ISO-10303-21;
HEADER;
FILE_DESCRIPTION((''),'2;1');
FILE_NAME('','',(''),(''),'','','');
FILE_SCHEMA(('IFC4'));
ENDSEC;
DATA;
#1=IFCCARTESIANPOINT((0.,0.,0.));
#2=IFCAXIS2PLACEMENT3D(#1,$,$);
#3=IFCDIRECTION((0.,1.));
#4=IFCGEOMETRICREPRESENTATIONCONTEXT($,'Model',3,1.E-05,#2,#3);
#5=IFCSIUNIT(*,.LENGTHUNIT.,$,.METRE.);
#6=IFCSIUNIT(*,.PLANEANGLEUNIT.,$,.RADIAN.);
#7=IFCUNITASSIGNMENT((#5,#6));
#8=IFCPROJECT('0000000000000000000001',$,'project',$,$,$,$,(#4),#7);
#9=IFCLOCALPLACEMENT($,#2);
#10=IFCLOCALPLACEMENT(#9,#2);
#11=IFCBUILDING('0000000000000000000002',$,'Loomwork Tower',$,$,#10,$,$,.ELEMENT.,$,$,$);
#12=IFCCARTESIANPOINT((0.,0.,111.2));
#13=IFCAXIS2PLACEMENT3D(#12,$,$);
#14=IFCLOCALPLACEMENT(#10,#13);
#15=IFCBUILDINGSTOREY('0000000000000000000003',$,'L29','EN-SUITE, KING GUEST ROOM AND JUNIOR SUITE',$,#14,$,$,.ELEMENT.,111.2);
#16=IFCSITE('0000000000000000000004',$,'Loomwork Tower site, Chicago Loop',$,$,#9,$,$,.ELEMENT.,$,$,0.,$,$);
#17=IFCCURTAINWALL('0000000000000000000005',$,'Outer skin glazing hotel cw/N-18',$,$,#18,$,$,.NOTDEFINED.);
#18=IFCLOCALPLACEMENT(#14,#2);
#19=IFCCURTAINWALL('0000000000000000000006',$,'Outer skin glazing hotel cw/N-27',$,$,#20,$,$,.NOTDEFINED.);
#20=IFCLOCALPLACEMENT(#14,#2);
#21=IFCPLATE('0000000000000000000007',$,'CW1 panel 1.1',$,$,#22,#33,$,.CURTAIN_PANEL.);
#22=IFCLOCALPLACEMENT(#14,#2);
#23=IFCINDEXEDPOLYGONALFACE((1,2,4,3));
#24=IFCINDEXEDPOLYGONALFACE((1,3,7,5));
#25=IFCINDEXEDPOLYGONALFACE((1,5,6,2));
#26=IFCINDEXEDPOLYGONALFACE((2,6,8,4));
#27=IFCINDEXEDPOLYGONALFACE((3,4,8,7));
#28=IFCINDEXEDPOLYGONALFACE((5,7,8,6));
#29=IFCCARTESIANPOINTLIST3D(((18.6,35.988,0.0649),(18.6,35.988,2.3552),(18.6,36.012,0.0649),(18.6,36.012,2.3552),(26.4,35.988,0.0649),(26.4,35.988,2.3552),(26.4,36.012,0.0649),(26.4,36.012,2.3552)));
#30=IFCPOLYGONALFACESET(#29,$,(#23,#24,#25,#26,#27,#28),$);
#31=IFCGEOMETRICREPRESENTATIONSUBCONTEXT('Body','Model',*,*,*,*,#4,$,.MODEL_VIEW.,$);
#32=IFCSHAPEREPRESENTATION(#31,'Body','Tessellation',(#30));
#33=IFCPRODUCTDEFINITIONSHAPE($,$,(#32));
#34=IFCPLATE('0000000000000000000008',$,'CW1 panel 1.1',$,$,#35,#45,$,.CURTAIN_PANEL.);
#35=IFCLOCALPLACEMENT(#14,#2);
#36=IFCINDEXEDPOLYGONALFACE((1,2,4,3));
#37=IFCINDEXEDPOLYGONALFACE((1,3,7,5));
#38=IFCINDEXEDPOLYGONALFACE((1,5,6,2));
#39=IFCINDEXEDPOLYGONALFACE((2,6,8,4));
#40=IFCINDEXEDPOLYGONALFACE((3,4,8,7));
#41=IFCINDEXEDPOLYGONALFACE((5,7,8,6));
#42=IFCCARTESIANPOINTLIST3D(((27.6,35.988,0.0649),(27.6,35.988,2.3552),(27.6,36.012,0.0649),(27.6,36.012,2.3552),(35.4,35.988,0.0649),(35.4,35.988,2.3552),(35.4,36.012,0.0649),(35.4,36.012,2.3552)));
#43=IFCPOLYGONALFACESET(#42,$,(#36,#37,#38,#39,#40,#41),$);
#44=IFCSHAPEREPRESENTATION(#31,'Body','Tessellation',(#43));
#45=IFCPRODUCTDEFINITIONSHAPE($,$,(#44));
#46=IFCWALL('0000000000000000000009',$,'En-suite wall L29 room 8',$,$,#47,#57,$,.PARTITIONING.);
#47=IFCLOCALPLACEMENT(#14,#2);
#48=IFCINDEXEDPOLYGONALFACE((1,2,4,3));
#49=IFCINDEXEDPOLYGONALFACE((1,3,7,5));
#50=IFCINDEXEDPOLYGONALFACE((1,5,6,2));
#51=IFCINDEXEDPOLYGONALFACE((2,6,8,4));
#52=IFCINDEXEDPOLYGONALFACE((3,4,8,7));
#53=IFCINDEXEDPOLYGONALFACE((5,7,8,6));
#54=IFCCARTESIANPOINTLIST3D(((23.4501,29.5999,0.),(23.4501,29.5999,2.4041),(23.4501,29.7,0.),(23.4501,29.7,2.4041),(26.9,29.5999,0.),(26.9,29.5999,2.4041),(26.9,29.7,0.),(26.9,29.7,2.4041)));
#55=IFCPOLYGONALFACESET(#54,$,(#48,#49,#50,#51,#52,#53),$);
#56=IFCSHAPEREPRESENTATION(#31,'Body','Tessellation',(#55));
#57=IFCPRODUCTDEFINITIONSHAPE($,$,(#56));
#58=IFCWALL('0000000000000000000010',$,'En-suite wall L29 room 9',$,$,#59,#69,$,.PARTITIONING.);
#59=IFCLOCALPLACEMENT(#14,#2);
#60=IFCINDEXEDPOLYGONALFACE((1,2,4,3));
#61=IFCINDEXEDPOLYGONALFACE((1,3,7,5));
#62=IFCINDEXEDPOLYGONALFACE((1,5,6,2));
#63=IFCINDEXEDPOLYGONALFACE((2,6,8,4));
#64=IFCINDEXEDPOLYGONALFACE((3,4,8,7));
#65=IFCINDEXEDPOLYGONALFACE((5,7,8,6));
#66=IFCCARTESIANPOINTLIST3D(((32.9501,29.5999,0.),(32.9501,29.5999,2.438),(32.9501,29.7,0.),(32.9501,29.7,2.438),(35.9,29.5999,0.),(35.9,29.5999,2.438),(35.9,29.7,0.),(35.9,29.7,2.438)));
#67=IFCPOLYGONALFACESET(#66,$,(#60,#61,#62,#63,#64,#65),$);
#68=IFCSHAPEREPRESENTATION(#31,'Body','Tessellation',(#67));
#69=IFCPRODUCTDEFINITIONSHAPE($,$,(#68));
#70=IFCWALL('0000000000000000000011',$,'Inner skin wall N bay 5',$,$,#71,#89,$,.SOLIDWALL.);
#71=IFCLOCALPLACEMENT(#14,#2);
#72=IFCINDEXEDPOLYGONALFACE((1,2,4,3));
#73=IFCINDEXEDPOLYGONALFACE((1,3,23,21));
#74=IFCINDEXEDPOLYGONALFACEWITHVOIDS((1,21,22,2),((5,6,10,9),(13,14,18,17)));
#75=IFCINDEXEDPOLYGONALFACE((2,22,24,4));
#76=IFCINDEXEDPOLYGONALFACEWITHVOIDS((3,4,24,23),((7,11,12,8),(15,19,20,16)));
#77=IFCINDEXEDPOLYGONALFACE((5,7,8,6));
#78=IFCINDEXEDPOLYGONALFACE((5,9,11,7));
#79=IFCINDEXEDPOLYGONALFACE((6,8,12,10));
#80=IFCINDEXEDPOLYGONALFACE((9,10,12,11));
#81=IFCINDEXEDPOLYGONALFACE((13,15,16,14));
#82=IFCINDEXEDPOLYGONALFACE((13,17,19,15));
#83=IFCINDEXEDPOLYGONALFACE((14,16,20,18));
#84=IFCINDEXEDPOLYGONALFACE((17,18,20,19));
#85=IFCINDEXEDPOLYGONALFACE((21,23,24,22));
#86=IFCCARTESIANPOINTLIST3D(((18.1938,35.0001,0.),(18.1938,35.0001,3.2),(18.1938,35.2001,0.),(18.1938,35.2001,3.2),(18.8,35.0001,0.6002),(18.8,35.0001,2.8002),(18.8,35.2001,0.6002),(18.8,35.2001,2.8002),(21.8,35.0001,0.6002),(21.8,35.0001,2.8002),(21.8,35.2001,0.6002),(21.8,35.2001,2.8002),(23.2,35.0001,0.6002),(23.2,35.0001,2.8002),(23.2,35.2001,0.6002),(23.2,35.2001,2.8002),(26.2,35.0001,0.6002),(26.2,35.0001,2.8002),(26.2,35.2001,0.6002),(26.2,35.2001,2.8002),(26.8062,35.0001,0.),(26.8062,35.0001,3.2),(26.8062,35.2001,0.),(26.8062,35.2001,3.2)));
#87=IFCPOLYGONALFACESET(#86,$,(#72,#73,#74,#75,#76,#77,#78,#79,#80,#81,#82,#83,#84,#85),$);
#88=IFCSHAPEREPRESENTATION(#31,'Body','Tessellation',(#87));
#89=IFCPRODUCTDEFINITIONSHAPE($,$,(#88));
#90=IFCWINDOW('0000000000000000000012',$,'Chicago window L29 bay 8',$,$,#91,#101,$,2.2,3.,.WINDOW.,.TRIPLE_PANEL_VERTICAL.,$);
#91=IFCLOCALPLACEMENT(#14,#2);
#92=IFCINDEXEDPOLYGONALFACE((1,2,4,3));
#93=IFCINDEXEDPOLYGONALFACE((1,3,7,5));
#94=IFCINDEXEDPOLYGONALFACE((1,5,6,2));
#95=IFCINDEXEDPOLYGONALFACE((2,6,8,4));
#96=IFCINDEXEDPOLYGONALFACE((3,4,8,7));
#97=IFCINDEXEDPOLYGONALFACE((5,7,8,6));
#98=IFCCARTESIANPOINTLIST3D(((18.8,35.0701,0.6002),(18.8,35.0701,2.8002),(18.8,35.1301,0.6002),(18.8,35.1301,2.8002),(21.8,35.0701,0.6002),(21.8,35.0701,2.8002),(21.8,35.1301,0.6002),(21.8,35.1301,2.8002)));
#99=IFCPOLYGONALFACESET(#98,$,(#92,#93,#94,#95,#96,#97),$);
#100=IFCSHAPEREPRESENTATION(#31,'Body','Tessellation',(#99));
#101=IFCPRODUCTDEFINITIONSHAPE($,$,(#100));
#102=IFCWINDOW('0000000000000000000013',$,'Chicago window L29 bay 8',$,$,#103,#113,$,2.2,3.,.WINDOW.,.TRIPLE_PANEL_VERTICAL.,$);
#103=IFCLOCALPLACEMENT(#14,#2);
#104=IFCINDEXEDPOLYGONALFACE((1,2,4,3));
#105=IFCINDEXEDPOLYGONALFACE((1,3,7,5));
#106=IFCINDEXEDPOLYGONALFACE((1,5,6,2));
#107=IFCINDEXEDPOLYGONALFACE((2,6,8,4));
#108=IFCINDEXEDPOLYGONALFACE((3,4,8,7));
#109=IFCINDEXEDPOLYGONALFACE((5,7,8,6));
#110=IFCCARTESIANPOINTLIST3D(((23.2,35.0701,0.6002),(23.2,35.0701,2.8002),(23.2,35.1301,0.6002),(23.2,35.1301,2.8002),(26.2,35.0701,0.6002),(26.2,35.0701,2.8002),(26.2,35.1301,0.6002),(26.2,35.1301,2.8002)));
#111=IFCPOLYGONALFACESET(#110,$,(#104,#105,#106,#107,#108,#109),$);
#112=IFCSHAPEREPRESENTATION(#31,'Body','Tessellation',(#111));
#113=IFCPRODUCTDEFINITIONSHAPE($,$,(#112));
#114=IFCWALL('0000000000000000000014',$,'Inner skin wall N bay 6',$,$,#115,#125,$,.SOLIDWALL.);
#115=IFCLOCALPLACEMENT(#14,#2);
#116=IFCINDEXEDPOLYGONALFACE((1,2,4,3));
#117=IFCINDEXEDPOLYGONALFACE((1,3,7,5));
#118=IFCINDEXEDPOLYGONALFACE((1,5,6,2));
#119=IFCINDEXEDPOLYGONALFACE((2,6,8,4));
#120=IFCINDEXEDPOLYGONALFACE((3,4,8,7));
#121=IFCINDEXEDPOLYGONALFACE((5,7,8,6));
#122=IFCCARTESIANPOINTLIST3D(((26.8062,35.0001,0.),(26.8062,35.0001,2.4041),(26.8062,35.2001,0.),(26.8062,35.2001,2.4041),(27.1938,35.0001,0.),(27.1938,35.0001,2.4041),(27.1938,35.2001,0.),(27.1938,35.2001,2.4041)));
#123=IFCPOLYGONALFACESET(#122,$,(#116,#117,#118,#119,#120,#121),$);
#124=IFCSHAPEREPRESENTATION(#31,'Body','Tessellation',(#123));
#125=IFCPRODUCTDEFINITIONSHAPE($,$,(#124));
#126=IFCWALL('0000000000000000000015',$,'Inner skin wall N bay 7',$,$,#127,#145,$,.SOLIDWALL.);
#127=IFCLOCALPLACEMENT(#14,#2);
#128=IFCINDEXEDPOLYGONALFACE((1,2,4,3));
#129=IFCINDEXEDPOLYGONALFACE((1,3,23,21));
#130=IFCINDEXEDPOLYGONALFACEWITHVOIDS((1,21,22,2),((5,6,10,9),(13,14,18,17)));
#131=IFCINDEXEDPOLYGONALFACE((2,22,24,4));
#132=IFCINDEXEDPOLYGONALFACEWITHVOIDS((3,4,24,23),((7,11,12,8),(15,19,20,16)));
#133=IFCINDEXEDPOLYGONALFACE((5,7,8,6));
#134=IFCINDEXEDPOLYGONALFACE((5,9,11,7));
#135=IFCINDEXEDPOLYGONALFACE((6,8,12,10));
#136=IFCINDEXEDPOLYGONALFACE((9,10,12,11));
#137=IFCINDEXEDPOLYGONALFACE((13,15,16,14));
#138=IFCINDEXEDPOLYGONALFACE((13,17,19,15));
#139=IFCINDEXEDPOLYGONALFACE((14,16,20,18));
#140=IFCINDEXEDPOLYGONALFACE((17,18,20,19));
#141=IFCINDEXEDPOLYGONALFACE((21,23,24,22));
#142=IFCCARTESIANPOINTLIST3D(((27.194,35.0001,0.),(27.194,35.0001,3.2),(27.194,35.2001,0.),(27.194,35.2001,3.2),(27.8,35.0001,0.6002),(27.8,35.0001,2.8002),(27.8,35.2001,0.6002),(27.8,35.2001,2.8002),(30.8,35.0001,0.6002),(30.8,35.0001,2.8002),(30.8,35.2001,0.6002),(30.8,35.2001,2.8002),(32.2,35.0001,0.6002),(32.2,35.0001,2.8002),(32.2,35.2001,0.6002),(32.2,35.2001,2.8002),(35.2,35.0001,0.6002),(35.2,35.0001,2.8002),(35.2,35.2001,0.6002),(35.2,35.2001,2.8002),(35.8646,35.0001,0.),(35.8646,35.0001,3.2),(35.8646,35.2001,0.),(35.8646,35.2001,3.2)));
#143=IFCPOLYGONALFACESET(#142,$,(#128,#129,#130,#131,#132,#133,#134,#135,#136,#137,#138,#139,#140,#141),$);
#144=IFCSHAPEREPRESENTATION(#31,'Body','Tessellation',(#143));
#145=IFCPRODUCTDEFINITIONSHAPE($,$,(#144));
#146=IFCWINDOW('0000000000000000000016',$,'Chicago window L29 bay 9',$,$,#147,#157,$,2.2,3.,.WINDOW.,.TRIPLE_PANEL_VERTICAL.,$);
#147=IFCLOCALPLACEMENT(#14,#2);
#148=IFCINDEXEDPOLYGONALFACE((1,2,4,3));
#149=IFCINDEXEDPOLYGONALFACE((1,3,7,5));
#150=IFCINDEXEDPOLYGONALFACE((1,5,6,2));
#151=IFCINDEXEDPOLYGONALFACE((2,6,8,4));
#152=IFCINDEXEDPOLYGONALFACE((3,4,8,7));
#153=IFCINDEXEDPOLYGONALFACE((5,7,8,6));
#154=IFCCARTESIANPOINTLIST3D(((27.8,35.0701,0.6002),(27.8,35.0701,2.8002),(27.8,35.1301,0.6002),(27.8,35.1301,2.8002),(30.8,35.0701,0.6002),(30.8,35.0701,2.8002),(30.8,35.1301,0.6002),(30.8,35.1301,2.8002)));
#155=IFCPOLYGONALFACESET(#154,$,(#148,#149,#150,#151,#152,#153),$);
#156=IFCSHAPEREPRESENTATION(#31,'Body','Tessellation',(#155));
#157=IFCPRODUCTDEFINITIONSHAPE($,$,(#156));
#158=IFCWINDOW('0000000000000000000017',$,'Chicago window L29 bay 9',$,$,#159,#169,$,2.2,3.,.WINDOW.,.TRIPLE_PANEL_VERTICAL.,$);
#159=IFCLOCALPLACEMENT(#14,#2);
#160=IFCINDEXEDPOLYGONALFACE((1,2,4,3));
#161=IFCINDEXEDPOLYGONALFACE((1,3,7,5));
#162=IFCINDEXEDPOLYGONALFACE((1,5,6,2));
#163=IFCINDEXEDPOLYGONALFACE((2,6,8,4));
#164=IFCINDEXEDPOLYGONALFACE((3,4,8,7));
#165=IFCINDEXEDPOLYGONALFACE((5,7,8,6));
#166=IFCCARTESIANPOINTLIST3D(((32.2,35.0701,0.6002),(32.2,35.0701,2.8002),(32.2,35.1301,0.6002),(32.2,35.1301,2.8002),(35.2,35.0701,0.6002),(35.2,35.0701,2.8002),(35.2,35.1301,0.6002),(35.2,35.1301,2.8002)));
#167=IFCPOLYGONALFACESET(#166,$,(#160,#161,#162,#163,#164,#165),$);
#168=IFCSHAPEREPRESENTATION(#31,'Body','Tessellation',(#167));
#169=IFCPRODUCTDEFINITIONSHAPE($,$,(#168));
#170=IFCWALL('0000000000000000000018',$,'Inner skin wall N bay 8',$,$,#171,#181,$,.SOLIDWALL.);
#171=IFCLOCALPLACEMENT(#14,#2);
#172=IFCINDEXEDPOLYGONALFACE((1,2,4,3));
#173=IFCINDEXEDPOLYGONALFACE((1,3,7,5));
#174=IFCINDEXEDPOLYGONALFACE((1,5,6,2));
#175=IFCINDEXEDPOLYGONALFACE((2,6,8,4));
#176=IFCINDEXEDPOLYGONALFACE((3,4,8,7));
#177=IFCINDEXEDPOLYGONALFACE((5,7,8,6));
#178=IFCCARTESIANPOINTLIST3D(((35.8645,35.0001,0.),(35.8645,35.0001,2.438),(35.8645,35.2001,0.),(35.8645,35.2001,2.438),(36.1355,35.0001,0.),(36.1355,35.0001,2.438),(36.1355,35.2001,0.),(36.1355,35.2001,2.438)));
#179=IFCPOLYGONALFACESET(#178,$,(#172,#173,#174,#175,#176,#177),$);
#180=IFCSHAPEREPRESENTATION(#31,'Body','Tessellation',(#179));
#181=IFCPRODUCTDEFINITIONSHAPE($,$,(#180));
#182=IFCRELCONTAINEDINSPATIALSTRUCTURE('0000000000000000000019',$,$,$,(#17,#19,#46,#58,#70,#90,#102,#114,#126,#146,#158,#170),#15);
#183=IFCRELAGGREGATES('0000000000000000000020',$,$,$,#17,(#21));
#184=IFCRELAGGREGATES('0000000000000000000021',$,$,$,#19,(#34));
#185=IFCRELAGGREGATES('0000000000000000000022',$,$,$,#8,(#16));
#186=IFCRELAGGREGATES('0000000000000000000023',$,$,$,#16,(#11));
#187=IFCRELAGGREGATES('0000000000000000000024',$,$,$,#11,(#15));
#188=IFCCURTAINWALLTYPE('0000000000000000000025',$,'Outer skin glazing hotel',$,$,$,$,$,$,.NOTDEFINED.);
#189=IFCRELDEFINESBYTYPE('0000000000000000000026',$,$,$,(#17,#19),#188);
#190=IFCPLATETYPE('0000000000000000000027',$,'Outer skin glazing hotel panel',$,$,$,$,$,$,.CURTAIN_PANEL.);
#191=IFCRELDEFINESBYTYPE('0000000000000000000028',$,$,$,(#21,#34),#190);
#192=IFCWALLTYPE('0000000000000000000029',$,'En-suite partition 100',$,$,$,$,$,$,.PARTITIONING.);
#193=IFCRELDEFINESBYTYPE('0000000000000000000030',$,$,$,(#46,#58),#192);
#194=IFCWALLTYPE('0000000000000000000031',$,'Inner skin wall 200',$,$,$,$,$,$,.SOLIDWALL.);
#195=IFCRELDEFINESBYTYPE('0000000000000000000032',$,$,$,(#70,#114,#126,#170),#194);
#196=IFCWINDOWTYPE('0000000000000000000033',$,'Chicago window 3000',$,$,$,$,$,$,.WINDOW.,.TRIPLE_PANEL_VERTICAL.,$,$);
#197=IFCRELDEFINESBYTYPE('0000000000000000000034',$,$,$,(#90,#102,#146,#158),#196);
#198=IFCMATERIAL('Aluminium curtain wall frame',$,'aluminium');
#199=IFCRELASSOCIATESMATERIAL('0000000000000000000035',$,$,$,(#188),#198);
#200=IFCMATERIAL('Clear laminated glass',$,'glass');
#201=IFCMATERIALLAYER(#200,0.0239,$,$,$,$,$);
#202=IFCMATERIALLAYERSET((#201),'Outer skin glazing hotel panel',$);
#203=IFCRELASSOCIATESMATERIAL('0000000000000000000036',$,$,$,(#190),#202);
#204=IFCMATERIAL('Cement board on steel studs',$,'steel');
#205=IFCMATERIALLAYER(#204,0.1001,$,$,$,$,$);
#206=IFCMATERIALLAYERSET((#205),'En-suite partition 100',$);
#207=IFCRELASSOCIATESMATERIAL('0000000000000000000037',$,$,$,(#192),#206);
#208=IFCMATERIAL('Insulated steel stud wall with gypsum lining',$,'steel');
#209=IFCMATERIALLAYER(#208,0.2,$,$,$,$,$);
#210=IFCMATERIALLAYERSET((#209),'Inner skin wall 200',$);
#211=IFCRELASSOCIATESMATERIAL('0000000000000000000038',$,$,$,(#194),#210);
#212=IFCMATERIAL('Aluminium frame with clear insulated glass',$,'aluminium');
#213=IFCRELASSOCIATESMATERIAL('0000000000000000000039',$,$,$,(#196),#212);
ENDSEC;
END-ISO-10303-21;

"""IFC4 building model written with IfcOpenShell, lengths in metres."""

from ifc_helpers import new_model, si_unit, direction, frame, frame_2d, origin, origin_2d, place, context, subcontext, project, spatial, rectangle, extrude, material, layer, layer_set, type_object, element, fill, aggregate, save


model = new_model("IFC4")

# Units and contexts
model_context = context("Model", 3, precision=1e-05, world=origin(), true_north=direction((0.0, 1.0)))
body_context = subcontext(model_context, "Body", "Model", "MODEL_VIEW")
ifc_project = project(units=[si_unit("LENGTHUNIT", "METRE"), si_unit("PLANEANGLEUNIT", "RADIAN")], contexts=[model_context])

# Site, building, storey
site_placement = place(None, origin())
site = spatial("IfcSite", under=ifc_project, at=site_placement, Name="Loomwork Tower site, Chicago Loop", CompositionType="ELEMENT", RefElevation=0.0)
building_placement = place(site_placement, origin())
building = spatial("IfcBuilding", under=site, at=building_placement, Name="Loomwork Tower", CompositionType="ELEMENT")
storey_placement = place(building_placement, frame((0.0, 0.0, 111.2)))
storey = spatial("IfcBuildingStorey", under=building, at=storey_placement, Name="L29", Description="EN-SUITE, KING GUEST ROOM AND JUNIOR SUITE", CompositionType="ELEMENT", Elevation=111.2)

# Curtain walls
ifc_material_1 = material(Name="Aluminium curtain wall frame", Category="aluminium")
curtain_wall_type = type_object("IfcCurtainWallType", Name="Outer skin glazing hotel", PredefinedType="NOTDEFINED", material=ifc_material_1)
curtain_wall_1_placement = place(storey_placement, origin())
curtain_wall_1 = element("IfcCurtainWall", 1, at=curtain_wall_1_placement, inside=storey, type_object=curtain_wall_type, Name="Outer skin glazing hotel cw/N-18", PredefinedType="NOTDEFINED")
curtain_wall_2_placement = place(storey_placement, origin())
curtain_wall_2 = element("IfcCurtainWall", 2, at=curtain_wall_2_placement, inside=storey, type_object=curtain_wall_type, Name="Outer skin glazing hotel cw/N-27", PredefinedType="NOTDEFINED")

# Plates
ifc_material_2 = material(Name="Clear laminated glass", Category="glass")
ifc_layer_1 = layer(ifc_material_2, 0.0239)
ifc_layer_set_1 = layer_set([ifc_layer_1], Name="Outer skin glazing hotel panel")
plate_type = type_object("IfcPlateType", Name="Outer skin glazing hotel panel", PredefinedType="CURTAIN_PANEL", material=ifc_layer_set_1)
plate_1_placement = place(storey_placement, frame((22.5, 36.0, 0.0649), z_axis=(0.0, 0.0, 1.0), x_axis=(-1.0, 0.0, 0.0)))
plate_1 = element("IfcPlate", 3, at=plate_1_placement, type_object=plate_type, Name="CW1 panel 1.1", PredefinedType="CURTAIN_PANEL", context=body_context, shape_type="SweptSolid", body=[
    extrude(rectangle(XDim=7.8, YDim=0.0239, at=origin_2d()), origin(), (0.0, 0.0, 1.0), 2.2903),
])
aggregate(curtain_wall_1, [plate_1])
plate_2_placement = place(storey_placement, frame((31.5, 36.0, 0.0649), z_axis=(0.0, 0.0, 1.0), x_axis=(-1.0, 0.0, 0.0)))
plate_2 = element("IfcPlate", 4, at=plate_2_placement, type_object=plate_type, Name="CW1 panel 1.1", PredefinedType="CURTAIN_PANEL", context=body_context, shape_type="SweptSolid", body=[
    extrude(rectangle(XDim=7.8, YDim=0.0239, at=origin_2d()), origin(), (0.0, 0.0, 1.0), 2.2903),
])
aggregate(curtain_wall_2, [plate_2])

# Walls
ifc_material_3 = material(Name="Cement board on steel studs", Category="steel")
ifc_layer_2 = layer(ifc_material_3, 0.1001)
ifc_layer_set_2 = layer_set([ifc_layer_2], Name="En-suite partition 100")
wall_type_1 = type_object("IfcWallType", Name="En-suite partition 100", PredefinedType="PARTITIONING", material=ifc_layer_set_2)
wall_1_placement = place(storey_placement, frame((23.45, 29.6499, 0.0), z_axis=(0.0, 0.0, 1.0), x_axis=(1.0, 0.0, 0.0)))
element("IfcWall", 5, at=wall_1_placement, inside=storey, type_object=wall_type_1, Name="En-suite wall L29 room 8", PredefinedType="PARTITIONING", context=body_context, shape_type="SweptSolid", body=[
    extrude(rectangle(XDim=3.45, YDim=0.1001, at=frame_2d((1.7251, 0.0))), origin(), (0.0, 0.0, 1.0), 2.4041),
])
wall_2_placement = place(storey_placement, frame((32.95, 29.6499, 0.0), z_axis=(0.0, 0.0, 1.0), x_axis=(1.0, 0.0, 0.0)))
element("IfcWall", 6, at=wall_2_placement, inside=storey, type_object=wall_type_1, Name="En-suite wall L29 room 9", PredefinedType="PARTITIONING", context=body_context, shape_type="SweptSolid", body=[
    extrude(rectangle(XDim=2.95, YDim=0.1001, at=frame_2d((1.4751, 0.0))), origin(), (0.0, 0.0, 1.0), 2.438),
])

# Wall, openings, windows
ifc_material_4 = material(Name="Insulated steel stud wall with gypsum lining", Category="steel")
ifc_layer_3 = layer(ifc_material_4, 0.2)
ifc_layer_set_3 = layer_set([ifc_layer_3], Name="Inner skin wall 200")
wall_type_2 = type_object("IfcWallType", Name="Inner skin wall 200", PredefinedType="SOLIDWALL", material=ifc_layer_set_3)
wall_3_placement = place(storey_placement, frame((18.1938, 35.1001, 0.0), z_axis=(0.0, 0.0, 1.0), x_axis=(1.0, 0.0, 0.0)))
wall_3 = element("IfcWall", 7, at=wall_3_placement, inside=storey, type_object=wall_type_2, Name="Inner skin wall N bay 5", PredefinedType="SOLIDWALL", context=body_context, shape_type="SweptSolid", body=[
    extrude(rectangle(XDim=8.6123, YDim=0.2, at=frame_2d((4.3062, 0.0))), origin(), (0.0, 0.0, 1.0), 3.2),
])
opening_1_placement = place(wall_3_placement, frame((0.6062, 0.0, 0.6001)))
opening_1 = element("IfcOpeningElement", 8, at=opening_1_placement, cuts=wall_3, PredefinedType="OPENING", context=body_context, shape_type="SweptSolid", body=[
    extrude(rectangle(XDim=3.0, YDim=2.2, at=frame_2d((1.5, 1.1001))), frame((0.0, 0.1099, 0.0), z_axis=(0.0, -1.0, 0.0), x_axis=(1.0, 0.0, 0.0)), (0.0, 0.0, 1.0), 0.22),
])
opening_2_placement = place(wall_3_placement, frame((5.0061, 0.0, 0.6001)))
opening_2 = element("IfcOpeningElement", 9, at=opening_2_placement, cuts=wall_3, PredefinedType="OPENING", context=body_context, shape_type="SweptSolid", body=[
    extrude(rectangle(XDim=3.0, YDim=2.2, at=frame_2d((1.5, 1.1001))), frame((0.0, 0.1099, 0.0), z_axis=(0.0, -1.0, 0.0), x_axis=(1.0, 0.0, 0.0)), (0.0, 0.0, 1.0), 0.22),
])
ifc_material_5 = material(Name="Aluminium frame with clear insulated glass", Category="aluminium")
window_type = type_object("IfcWindowType", Name="Chicago window 3000", PartitioningType="TRIPLE_PANEL_VERTICAL", PredefinedType="WINDOW", material=ifc_material_5)
window_1_placement = place(opening_1_placement, origin())
window_1 = element("IfcWindow", 10, at=window_1_placement, inside=storey, type_object=window_type, Name="Chicago window L29 bay 8", OverallHeight=2.2, OverallWidth=3.0, PartitioningType="TRIPLE_PANEL_VERTICAL", PredefinedType="WINDOW", context=body_context, shape_type="SweptSolid", body=[
    extrude(rectangle(XDim=3.0, YDim=2.2, at=frame_2d((1.5, 1.1001))), frame((0.0, 0.03, 0.0), z_axis=(0.0, -1.0, 0.0), x_axis=(1.0, 0.0, 0.0)), (0.0, 0.0, 1.0), 0.0601),
])
fill(opening_1, window_1)
window_2_placement = place(opening_2_placement, origin())
window_2 = element("IfcWindow", 11, at=window_2_placement, inside=storey, type_object=window_type, Name="Chicago window L29 bay 8", OverallHeight=2.2, OverallWidth=3.0, PartitioningType="TRIPLE_PANEL_VERTICAL", PredefinedType="WINDOW", context=body_context, shape_type="SweptSolid", body=[
    extrude(rectangle(XDim=3.0, YDim=2.2, at=frame_2d((1.5, 1.1001))), frame((0.0, 0.03, 0.0), z_axis=(0.0, -1.0, 0.0), x_axis=(1.0, 0.0, 0.0)), (0.0, 0.0, 1.0), 0.0601),
])
fill(opening_2, window_2)

# Wall
wall_4_placement = place(storey_placement, frame((26.8062, 35.1001, 0.0), z_axis=(0.0, 0.0, 1.0), x_axis=(1.0, 0.0, 0.0)))
element("IfcWall", 12, at=wall_4_placement, inside=storey, type_object=wall_type_2, Name="Inner skin wall N bay 6", PredefinedType="SOLIDWALL", context=body_context, shape_type="SweptSolid", body=[
    extrude(rectangle(XDim=0.3877, YDim=0.2, at=frame_2d((0.1938, 0.0))), origin(), (0.0, 0.0, 1.0), 2.4041),
])

# Wall, openings, windows
wall_5_placement = place(storey_placement, frame((27.1938, 35.1001, 0.0), z_axis=(0.0, 0.0, 1.0), x_axis=(1.0, 0.0, 0.0)))
wall_5 = element("IfcWall", 13, at=wall_5_placement, inside=storey, type_object=wall_type_2, Name="Inner skin wall N bay 7", PredefinedType="SOLIDWALL", context=body_context, shape_type="SweptSolid", body=[
    extrude(rectangle(XDim=8.6707, YDim=0.2, at=frame_2d((4.3354, 0.0))), origin(), (0.0, 0.0, 1.0), 3.2),
])
opening_3_placement = place(wall_5_placement, frame((0.6062, 0.0, 0.6001)))
opening_3 = element("IfcOpeningElement", 14, at=opening_3_placement, cuts=wall_5, PredefinedType="OPENING", context=body_context, shape_type="SweptSolid", body=[
    extrude(rectangle(XDim=3.0, YDim=2.2, at=frame_2d((1.5, 1.1001))), frame((0.0, 0.1099, 0.0), z_axis=(0.0, -1.0, 0.0), x_axis=(1.0, 0.0, 0.0)), (0.0, 0.0, 1.0), 0.22),
])
opening_4_placement = place(wall_5_placement, frame((5.0061, 0.0, 0.6001)))
opening_4 = element("IfcOpeningElement", 15, at=opening_4_placement, cuts=wall_5, PredefinedType="OPENING", context=body_context, shape_type="SweptSolid", body=[
    extrude(rectangle(XDim=3.0, YDim=2.2, at=frame_2d((1.5, 1.1001))), frame((0.0, 0.1099, 0.0), z_axis=(0.0, -1.0, 0.0), x_axis=(1.0, 0.0, 0.0)), (0.0, 0.0, 1.0), 0.22),
])
window_3_placement = place(opening_3_placement, origin())
window_3 = element("IfcWindow", 16, at=window_3_placement, inside=storey, type_object=window_type, Name="Chicago window L29 bay 9", OverallHeight=2.2, OverallWidth=3.0, PartitioningType="TRIPLE_PANEL_VERTICAL", PredefinedType="WINDOW", context=body_context, shape_type="SweptSolid", body=[
    extrude(rectangle(XDim=3.0, YDim=2.2, at=frame_2d((1.5, 1.1001))), frame((0.0, 0.03, 0.0), z_axis=(0.0, -1.0, 0.0), x_axis=(1.0, 0.0, 0.0)), (0.0, 0.0, 1.0), 0.0601),
])
fill(opening_3, window_3)
window_4_placement = place(opening_4_placement, origin())
window_4 = element("IfcWindow", 17, at=window_4_placement, inside=storey, type_object=window_type, Name="Chicago window L29 bay 9", OverallHeight=2.2, OverallWidth=3.0, PartitioningType="TRIPLE_PANEL_VERTICAL", PredefinedType="WINDOW", context=body_context, shape_type="SweptSolid", body=[
    extrude(rectangle(XDim=3.0, YDim=2.2, at=frame_2d((1.5, 1.1001))), frame((0.0, 0.03, 0.0), z_axis=(0.0, -1.0, 0.0), x_axis=(1.0, 0.0, 0.0)), (0.0, 0.0, 1.0), 0.0601),
])
fill(opening_4, window_4)

# Wall
wall_6_placement = place(storey_placement, frame((35.8645, 35.1001, 0.0), z_axis=(0.0, 0.0, 1.0), x_axis=(1.0, 0.0, 0.0)))
element("IfcWall", 18, at=wall_6_placement, inside=storey, type_object=wall_type_2, Name="Inner skin wall N bay 8", PredefinedType="SOLIDWALL", context=body_context, shape_type="SweptSolid", body=[
    extrude(rectangle(XDim=0.271, YDim=0.2, at=frame_2d((0.1355, 0.0))), origin(), (0.0, 0.0, 1.0), 2.438),
])

save(model, "model.ifc")
